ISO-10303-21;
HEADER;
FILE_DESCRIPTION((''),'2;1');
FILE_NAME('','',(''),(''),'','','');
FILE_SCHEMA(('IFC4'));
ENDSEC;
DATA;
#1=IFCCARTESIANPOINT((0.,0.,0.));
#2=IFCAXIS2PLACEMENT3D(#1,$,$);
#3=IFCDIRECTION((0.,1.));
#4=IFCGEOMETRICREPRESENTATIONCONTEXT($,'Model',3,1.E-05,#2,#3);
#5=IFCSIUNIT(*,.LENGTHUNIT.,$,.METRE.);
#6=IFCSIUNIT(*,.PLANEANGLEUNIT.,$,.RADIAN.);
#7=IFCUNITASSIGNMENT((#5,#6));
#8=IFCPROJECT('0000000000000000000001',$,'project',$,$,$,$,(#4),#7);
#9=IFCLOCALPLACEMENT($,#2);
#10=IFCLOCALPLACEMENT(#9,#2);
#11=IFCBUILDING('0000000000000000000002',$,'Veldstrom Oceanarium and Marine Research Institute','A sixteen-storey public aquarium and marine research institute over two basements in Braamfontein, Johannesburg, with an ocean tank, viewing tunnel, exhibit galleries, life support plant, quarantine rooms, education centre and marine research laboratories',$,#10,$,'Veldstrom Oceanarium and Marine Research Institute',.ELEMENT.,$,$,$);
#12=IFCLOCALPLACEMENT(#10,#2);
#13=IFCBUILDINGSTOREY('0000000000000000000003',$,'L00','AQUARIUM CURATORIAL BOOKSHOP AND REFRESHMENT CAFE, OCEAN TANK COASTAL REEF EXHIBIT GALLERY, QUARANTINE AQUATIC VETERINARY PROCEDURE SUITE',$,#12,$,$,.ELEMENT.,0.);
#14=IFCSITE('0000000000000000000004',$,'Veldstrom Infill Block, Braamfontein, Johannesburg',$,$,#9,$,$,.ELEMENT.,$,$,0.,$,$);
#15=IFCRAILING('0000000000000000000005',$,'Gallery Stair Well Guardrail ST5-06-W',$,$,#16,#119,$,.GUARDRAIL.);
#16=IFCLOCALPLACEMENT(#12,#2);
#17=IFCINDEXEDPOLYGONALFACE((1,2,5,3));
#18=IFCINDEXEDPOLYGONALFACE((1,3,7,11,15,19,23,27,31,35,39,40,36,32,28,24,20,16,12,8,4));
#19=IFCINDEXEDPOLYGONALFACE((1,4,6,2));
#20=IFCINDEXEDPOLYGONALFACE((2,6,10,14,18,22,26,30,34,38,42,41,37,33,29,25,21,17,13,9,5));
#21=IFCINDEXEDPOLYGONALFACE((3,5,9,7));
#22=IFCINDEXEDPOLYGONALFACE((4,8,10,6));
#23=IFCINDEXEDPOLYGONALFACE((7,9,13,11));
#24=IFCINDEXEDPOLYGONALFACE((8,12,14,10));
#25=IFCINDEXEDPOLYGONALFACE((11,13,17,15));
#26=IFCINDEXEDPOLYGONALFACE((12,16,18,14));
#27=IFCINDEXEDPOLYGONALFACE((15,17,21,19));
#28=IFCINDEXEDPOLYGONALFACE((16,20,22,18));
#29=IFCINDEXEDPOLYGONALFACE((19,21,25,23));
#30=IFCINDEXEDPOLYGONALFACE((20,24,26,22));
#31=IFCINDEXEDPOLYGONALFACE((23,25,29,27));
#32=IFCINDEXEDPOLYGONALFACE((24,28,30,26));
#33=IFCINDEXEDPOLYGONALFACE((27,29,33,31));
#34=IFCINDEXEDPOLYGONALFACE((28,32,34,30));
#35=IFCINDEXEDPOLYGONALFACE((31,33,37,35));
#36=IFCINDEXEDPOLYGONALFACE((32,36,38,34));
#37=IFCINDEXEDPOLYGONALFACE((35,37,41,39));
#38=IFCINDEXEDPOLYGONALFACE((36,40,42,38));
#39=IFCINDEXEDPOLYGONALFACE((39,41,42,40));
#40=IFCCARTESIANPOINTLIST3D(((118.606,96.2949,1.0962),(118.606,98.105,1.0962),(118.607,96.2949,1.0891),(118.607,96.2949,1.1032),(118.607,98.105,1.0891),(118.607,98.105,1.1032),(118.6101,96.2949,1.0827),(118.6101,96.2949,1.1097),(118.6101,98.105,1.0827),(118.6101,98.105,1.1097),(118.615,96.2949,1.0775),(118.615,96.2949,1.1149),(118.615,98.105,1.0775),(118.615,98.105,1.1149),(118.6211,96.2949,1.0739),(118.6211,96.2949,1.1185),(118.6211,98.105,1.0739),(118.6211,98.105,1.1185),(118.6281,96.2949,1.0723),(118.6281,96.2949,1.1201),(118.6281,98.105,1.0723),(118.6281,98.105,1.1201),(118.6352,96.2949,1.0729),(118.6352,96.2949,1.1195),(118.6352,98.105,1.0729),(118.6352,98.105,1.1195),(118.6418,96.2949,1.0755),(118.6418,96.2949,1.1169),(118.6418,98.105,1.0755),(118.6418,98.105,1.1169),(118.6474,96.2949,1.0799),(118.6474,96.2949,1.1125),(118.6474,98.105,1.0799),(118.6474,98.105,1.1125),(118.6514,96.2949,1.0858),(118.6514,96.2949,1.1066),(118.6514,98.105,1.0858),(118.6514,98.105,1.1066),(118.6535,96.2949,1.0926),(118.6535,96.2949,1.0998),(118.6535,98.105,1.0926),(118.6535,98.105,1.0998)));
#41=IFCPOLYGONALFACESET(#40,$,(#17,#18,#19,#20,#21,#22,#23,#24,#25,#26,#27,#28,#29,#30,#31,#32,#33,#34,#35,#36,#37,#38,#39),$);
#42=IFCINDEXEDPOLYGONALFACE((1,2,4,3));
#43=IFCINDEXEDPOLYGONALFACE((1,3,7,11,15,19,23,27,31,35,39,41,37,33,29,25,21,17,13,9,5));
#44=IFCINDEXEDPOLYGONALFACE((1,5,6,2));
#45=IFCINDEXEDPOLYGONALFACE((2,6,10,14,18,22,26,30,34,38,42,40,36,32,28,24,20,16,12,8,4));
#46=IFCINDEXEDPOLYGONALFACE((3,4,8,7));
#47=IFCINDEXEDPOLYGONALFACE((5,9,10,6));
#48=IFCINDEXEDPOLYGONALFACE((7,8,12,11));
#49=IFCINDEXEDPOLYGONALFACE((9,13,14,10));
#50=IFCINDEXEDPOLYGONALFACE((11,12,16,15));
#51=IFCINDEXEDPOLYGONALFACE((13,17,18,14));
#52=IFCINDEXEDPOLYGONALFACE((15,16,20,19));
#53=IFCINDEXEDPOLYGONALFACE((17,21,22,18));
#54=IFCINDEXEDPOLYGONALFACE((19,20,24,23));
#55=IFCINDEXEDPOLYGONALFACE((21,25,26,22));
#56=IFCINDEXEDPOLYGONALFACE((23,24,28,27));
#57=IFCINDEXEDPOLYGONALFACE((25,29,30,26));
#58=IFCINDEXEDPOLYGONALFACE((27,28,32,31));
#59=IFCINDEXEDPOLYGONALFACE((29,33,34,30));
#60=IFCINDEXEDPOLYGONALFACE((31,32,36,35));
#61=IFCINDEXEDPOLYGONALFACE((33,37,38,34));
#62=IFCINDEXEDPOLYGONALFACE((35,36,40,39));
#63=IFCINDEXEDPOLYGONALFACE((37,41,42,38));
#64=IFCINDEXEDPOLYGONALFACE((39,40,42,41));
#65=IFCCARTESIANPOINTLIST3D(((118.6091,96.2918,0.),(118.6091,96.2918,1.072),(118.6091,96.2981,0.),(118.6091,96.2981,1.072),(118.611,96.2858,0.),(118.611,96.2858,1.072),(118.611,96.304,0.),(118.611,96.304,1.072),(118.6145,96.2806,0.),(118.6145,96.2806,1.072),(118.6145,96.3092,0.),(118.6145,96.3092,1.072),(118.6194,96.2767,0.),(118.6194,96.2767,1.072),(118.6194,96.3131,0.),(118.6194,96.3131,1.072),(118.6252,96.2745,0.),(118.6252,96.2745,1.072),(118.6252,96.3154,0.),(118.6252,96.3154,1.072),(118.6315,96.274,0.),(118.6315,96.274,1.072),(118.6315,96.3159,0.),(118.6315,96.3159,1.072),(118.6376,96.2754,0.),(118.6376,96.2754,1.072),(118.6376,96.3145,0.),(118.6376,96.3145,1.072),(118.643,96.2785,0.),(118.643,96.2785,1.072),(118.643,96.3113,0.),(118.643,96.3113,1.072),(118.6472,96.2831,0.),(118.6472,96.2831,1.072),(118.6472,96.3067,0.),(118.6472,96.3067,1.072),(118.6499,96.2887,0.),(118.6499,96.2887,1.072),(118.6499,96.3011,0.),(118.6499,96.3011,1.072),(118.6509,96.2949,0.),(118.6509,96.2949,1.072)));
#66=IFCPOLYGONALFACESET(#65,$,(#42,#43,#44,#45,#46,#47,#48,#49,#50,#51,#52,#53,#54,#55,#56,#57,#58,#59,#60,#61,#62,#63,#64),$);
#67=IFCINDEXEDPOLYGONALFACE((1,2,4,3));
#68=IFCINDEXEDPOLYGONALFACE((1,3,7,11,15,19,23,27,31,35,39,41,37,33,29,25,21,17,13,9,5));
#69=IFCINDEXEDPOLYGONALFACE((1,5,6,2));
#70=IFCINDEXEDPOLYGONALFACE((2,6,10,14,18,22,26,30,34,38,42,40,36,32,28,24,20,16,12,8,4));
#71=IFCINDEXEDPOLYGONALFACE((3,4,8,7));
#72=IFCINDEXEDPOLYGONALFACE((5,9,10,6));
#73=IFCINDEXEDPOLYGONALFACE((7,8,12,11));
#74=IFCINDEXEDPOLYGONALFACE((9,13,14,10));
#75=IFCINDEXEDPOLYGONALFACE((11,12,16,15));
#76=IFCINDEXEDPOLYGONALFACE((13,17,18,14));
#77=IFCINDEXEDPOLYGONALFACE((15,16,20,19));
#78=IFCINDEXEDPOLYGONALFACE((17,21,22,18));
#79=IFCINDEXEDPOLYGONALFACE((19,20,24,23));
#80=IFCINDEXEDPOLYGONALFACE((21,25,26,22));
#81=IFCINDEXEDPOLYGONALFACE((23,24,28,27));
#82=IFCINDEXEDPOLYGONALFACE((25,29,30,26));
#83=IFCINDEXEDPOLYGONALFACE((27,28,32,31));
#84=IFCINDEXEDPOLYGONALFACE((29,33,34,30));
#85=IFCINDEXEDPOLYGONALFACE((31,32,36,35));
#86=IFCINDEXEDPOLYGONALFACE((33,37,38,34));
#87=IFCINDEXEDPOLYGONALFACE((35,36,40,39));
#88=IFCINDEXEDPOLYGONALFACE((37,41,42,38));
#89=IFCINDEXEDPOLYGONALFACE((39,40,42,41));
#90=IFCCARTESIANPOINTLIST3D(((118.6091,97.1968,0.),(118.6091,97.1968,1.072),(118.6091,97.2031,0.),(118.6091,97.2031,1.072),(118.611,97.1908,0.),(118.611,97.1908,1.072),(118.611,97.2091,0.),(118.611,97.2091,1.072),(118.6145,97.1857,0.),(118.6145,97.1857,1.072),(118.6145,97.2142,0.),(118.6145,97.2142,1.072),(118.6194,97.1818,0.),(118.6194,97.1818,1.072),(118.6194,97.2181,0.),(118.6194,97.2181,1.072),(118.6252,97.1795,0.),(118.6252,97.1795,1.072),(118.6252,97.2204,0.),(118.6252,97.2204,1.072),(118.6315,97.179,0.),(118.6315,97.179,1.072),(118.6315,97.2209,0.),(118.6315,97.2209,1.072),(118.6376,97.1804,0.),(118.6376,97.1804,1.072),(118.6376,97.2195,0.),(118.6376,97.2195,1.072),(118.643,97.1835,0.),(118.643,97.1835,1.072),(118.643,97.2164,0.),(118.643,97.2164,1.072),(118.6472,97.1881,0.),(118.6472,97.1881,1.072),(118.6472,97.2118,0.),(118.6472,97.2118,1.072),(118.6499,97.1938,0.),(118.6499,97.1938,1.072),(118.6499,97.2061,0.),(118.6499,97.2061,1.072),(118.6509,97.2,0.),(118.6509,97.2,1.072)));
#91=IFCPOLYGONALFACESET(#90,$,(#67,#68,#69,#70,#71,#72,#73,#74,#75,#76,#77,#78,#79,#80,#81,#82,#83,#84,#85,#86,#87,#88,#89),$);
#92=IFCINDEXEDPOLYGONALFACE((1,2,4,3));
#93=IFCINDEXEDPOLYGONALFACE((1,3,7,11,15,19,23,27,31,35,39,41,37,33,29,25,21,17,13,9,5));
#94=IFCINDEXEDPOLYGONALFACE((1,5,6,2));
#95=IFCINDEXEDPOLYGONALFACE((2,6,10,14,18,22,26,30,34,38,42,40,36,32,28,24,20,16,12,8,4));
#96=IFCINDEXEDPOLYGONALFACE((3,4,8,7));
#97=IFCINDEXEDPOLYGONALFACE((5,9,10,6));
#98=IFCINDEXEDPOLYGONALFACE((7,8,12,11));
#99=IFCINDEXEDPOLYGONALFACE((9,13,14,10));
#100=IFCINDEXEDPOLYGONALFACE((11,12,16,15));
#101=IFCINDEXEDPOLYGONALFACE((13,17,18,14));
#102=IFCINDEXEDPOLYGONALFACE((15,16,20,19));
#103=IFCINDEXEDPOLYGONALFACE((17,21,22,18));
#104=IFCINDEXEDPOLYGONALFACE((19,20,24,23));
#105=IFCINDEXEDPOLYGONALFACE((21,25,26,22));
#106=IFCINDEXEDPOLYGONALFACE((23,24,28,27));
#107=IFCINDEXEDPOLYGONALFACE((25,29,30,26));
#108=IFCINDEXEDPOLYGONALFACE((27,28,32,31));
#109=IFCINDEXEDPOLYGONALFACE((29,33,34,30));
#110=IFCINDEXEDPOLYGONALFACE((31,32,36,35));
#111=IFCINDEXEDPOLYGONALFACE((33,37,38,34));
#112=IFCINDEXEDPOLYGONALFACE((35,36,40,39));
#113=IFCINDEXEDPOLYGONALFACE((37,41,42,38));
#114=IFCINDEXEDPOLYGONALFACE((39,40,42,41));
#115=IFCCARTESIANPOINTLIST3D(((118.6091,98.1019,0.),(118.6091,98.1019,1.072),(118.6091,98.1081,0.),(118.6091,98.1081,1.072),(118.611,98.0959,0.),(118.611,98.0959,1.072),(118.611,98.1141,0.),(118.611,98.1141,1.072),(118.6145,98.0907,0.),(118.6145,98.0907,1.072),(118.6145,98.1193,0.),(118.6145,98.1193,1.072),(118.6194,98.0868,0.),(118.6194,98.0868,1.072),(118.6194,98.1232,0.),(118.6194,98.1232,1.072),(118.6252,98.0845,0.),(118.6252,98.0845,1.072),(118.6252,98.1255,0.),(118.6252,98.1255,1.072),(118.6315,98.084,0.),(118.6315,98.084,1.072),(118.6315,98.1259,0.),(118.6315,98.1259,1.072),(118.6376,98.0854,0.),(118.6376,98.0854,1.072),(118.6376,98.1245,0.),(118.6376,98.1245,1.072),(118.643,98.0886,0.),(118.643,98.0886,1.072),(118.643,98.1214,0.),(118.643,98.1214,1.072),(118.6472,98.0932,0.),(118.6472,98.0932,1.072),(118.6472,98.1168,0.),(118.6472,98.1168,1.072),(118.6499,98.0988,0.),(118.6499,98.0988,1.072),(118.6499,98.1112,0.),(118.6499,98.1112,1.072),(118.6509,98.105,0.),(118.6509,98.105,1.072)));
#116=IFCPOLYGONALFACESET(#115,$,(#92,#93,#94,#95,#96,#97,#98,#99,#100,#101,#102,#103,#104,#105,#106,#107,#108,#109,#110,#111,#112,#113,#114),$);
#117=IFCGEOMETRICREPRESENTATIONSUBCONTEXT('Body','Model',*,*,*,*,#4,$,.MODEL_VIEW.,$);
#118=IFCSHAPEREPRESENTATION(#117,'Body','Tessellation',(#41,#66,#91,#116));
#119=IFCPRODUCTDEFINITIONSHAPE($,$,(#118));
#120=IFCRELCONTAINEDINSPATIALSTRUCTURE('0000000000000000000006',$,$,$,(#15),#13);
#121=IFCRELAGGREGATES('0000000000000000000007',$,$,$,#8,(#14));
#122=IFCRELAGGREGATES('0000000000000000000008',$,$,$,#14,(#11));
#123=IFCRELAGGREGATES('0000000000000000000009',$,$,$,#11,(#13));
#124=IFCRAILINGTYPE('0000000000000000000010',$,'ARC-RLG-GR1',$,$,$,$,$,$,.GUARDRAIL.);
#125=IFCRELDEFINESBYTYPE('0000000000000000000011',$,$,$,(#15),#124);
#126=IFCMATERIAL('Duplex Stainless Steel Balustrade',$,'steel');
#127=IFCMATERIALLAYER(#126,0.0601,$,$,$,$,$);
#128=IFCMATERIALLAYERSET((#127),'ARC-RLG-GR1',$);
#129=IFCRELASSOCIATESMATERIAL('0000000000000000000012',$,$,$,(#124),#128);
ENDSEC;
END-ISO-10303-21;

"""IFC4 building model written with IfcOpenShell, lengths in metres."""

from ifc_helpers import new_model, si_unit, direction, frame, origin, origin_2d, place, context, subcontext, project, spatial, circle, extrude, material, layer, layer_set, type_object, element, save


model = new_model("IFC4")

# Units and contexts
model_context = context("Model", 3, precision=1e-05, world=origin(), true_north=direction((0.0, 1.0)))
body_context = subcontext(model_context, "Body", "Model", "MODEL_VIEW")
ifc_project = project(units=[si_unit("LENGTHUNIT", "METRE"), si_unit("PLANEANGLEUNIT", "RADIAN")], contexts=[model_context])

# Site, building, storey
site_placement = place(None, origin())
site = spatial("IfcSite", under=ifc_project, at=site_placement, Name="Veldstrom Infill Block, Braamfontein, Johannesburg", CompositionType="ELEMENT", RefElevation=0.0)
building_placement = place(site_placement, origin())
building = spatial("IfcBuilding", under=site, at=building_placement, Name="Veldstrom Oceanarium and Marine Research Institute", Description="A sixteen-storey public aquarium and marine research institute over two basements in Braamfontein, Johannesburg, with an ocean tank, viewing tunnel, exhibit galleries, life support plant, quarantine rooms, education centre and marine research laboratories", LongName="Veldstrom Oceanarium and Marine Research Institute", CompositionType="ELEMENT")
storey_placement = place(building_placement, origin())
storey = spatial("IfcBuildingStorey", under=building, at=storey_placement, Name="L00", Description="AQUARIUM CURATORIAL BOOKSHOP AND REFRESHMENT CAFE, OCEAN TANK COASTAL REEF EXHIBIT GALLERY, QUARANTINE AQUATIC VETERINARY PROCEDURE SUITE", CompositionType="ELEMENT", Elevation=0.0)

# Railing
ifc_material_1 = material(Name="Duplex Stainless Steel Balustrade", Category="steel")
ifc_layer_1 = layer(ifc_material_1, 0.0601)
ifc_layer_set_1 = layer_set([ifc_layer_1], Name="ARC-RLG-GR1")
railing_type = type_object("IfcRailingType", Name="ARC-RLG-GR1", PredefinedType="GUARDRAIL", material=ifc_layer_set_1)
railing_placement = place(storey_placement, frame((118.6299, 96.2949, 0.0)))
element("IfcRailing", 1, at=railing_placement, inside=storey, type_object=railing_type, Name="Gallery Stair Well Guardrail ST5-06-W", PredefinedType="GUARDRAIL", context=body_context, shape_type="SweptSolid", body=[
    extrude(circle(Radius=0.0239, at=origin_2d()), frame((0.0, 0.0, 1.0962), z_axis=(0.0, 1.0, 0.0), x_axis=(-1.0, 0.0, 0.0)), (0.0, 0.0, 1.0), 1.8101),
    extrude(circle(Radius=0.021, at=origin_2d()), origin(), (0.0, 0.0, 1.0), 1.072),
    extrude(circle(Radius=0.021, at=origin_2d()), frame((0.0, 0.905, 0.0)), (0.0, 0.0, 1.0), 1.072),
    extrude(circle(Radius=0.021, at=origin_2d()), frame((0.0, 1.8101, 0.0)), (0.0, 0.0, 1.0), 1.072),
])

save(model, "model.ifc")
